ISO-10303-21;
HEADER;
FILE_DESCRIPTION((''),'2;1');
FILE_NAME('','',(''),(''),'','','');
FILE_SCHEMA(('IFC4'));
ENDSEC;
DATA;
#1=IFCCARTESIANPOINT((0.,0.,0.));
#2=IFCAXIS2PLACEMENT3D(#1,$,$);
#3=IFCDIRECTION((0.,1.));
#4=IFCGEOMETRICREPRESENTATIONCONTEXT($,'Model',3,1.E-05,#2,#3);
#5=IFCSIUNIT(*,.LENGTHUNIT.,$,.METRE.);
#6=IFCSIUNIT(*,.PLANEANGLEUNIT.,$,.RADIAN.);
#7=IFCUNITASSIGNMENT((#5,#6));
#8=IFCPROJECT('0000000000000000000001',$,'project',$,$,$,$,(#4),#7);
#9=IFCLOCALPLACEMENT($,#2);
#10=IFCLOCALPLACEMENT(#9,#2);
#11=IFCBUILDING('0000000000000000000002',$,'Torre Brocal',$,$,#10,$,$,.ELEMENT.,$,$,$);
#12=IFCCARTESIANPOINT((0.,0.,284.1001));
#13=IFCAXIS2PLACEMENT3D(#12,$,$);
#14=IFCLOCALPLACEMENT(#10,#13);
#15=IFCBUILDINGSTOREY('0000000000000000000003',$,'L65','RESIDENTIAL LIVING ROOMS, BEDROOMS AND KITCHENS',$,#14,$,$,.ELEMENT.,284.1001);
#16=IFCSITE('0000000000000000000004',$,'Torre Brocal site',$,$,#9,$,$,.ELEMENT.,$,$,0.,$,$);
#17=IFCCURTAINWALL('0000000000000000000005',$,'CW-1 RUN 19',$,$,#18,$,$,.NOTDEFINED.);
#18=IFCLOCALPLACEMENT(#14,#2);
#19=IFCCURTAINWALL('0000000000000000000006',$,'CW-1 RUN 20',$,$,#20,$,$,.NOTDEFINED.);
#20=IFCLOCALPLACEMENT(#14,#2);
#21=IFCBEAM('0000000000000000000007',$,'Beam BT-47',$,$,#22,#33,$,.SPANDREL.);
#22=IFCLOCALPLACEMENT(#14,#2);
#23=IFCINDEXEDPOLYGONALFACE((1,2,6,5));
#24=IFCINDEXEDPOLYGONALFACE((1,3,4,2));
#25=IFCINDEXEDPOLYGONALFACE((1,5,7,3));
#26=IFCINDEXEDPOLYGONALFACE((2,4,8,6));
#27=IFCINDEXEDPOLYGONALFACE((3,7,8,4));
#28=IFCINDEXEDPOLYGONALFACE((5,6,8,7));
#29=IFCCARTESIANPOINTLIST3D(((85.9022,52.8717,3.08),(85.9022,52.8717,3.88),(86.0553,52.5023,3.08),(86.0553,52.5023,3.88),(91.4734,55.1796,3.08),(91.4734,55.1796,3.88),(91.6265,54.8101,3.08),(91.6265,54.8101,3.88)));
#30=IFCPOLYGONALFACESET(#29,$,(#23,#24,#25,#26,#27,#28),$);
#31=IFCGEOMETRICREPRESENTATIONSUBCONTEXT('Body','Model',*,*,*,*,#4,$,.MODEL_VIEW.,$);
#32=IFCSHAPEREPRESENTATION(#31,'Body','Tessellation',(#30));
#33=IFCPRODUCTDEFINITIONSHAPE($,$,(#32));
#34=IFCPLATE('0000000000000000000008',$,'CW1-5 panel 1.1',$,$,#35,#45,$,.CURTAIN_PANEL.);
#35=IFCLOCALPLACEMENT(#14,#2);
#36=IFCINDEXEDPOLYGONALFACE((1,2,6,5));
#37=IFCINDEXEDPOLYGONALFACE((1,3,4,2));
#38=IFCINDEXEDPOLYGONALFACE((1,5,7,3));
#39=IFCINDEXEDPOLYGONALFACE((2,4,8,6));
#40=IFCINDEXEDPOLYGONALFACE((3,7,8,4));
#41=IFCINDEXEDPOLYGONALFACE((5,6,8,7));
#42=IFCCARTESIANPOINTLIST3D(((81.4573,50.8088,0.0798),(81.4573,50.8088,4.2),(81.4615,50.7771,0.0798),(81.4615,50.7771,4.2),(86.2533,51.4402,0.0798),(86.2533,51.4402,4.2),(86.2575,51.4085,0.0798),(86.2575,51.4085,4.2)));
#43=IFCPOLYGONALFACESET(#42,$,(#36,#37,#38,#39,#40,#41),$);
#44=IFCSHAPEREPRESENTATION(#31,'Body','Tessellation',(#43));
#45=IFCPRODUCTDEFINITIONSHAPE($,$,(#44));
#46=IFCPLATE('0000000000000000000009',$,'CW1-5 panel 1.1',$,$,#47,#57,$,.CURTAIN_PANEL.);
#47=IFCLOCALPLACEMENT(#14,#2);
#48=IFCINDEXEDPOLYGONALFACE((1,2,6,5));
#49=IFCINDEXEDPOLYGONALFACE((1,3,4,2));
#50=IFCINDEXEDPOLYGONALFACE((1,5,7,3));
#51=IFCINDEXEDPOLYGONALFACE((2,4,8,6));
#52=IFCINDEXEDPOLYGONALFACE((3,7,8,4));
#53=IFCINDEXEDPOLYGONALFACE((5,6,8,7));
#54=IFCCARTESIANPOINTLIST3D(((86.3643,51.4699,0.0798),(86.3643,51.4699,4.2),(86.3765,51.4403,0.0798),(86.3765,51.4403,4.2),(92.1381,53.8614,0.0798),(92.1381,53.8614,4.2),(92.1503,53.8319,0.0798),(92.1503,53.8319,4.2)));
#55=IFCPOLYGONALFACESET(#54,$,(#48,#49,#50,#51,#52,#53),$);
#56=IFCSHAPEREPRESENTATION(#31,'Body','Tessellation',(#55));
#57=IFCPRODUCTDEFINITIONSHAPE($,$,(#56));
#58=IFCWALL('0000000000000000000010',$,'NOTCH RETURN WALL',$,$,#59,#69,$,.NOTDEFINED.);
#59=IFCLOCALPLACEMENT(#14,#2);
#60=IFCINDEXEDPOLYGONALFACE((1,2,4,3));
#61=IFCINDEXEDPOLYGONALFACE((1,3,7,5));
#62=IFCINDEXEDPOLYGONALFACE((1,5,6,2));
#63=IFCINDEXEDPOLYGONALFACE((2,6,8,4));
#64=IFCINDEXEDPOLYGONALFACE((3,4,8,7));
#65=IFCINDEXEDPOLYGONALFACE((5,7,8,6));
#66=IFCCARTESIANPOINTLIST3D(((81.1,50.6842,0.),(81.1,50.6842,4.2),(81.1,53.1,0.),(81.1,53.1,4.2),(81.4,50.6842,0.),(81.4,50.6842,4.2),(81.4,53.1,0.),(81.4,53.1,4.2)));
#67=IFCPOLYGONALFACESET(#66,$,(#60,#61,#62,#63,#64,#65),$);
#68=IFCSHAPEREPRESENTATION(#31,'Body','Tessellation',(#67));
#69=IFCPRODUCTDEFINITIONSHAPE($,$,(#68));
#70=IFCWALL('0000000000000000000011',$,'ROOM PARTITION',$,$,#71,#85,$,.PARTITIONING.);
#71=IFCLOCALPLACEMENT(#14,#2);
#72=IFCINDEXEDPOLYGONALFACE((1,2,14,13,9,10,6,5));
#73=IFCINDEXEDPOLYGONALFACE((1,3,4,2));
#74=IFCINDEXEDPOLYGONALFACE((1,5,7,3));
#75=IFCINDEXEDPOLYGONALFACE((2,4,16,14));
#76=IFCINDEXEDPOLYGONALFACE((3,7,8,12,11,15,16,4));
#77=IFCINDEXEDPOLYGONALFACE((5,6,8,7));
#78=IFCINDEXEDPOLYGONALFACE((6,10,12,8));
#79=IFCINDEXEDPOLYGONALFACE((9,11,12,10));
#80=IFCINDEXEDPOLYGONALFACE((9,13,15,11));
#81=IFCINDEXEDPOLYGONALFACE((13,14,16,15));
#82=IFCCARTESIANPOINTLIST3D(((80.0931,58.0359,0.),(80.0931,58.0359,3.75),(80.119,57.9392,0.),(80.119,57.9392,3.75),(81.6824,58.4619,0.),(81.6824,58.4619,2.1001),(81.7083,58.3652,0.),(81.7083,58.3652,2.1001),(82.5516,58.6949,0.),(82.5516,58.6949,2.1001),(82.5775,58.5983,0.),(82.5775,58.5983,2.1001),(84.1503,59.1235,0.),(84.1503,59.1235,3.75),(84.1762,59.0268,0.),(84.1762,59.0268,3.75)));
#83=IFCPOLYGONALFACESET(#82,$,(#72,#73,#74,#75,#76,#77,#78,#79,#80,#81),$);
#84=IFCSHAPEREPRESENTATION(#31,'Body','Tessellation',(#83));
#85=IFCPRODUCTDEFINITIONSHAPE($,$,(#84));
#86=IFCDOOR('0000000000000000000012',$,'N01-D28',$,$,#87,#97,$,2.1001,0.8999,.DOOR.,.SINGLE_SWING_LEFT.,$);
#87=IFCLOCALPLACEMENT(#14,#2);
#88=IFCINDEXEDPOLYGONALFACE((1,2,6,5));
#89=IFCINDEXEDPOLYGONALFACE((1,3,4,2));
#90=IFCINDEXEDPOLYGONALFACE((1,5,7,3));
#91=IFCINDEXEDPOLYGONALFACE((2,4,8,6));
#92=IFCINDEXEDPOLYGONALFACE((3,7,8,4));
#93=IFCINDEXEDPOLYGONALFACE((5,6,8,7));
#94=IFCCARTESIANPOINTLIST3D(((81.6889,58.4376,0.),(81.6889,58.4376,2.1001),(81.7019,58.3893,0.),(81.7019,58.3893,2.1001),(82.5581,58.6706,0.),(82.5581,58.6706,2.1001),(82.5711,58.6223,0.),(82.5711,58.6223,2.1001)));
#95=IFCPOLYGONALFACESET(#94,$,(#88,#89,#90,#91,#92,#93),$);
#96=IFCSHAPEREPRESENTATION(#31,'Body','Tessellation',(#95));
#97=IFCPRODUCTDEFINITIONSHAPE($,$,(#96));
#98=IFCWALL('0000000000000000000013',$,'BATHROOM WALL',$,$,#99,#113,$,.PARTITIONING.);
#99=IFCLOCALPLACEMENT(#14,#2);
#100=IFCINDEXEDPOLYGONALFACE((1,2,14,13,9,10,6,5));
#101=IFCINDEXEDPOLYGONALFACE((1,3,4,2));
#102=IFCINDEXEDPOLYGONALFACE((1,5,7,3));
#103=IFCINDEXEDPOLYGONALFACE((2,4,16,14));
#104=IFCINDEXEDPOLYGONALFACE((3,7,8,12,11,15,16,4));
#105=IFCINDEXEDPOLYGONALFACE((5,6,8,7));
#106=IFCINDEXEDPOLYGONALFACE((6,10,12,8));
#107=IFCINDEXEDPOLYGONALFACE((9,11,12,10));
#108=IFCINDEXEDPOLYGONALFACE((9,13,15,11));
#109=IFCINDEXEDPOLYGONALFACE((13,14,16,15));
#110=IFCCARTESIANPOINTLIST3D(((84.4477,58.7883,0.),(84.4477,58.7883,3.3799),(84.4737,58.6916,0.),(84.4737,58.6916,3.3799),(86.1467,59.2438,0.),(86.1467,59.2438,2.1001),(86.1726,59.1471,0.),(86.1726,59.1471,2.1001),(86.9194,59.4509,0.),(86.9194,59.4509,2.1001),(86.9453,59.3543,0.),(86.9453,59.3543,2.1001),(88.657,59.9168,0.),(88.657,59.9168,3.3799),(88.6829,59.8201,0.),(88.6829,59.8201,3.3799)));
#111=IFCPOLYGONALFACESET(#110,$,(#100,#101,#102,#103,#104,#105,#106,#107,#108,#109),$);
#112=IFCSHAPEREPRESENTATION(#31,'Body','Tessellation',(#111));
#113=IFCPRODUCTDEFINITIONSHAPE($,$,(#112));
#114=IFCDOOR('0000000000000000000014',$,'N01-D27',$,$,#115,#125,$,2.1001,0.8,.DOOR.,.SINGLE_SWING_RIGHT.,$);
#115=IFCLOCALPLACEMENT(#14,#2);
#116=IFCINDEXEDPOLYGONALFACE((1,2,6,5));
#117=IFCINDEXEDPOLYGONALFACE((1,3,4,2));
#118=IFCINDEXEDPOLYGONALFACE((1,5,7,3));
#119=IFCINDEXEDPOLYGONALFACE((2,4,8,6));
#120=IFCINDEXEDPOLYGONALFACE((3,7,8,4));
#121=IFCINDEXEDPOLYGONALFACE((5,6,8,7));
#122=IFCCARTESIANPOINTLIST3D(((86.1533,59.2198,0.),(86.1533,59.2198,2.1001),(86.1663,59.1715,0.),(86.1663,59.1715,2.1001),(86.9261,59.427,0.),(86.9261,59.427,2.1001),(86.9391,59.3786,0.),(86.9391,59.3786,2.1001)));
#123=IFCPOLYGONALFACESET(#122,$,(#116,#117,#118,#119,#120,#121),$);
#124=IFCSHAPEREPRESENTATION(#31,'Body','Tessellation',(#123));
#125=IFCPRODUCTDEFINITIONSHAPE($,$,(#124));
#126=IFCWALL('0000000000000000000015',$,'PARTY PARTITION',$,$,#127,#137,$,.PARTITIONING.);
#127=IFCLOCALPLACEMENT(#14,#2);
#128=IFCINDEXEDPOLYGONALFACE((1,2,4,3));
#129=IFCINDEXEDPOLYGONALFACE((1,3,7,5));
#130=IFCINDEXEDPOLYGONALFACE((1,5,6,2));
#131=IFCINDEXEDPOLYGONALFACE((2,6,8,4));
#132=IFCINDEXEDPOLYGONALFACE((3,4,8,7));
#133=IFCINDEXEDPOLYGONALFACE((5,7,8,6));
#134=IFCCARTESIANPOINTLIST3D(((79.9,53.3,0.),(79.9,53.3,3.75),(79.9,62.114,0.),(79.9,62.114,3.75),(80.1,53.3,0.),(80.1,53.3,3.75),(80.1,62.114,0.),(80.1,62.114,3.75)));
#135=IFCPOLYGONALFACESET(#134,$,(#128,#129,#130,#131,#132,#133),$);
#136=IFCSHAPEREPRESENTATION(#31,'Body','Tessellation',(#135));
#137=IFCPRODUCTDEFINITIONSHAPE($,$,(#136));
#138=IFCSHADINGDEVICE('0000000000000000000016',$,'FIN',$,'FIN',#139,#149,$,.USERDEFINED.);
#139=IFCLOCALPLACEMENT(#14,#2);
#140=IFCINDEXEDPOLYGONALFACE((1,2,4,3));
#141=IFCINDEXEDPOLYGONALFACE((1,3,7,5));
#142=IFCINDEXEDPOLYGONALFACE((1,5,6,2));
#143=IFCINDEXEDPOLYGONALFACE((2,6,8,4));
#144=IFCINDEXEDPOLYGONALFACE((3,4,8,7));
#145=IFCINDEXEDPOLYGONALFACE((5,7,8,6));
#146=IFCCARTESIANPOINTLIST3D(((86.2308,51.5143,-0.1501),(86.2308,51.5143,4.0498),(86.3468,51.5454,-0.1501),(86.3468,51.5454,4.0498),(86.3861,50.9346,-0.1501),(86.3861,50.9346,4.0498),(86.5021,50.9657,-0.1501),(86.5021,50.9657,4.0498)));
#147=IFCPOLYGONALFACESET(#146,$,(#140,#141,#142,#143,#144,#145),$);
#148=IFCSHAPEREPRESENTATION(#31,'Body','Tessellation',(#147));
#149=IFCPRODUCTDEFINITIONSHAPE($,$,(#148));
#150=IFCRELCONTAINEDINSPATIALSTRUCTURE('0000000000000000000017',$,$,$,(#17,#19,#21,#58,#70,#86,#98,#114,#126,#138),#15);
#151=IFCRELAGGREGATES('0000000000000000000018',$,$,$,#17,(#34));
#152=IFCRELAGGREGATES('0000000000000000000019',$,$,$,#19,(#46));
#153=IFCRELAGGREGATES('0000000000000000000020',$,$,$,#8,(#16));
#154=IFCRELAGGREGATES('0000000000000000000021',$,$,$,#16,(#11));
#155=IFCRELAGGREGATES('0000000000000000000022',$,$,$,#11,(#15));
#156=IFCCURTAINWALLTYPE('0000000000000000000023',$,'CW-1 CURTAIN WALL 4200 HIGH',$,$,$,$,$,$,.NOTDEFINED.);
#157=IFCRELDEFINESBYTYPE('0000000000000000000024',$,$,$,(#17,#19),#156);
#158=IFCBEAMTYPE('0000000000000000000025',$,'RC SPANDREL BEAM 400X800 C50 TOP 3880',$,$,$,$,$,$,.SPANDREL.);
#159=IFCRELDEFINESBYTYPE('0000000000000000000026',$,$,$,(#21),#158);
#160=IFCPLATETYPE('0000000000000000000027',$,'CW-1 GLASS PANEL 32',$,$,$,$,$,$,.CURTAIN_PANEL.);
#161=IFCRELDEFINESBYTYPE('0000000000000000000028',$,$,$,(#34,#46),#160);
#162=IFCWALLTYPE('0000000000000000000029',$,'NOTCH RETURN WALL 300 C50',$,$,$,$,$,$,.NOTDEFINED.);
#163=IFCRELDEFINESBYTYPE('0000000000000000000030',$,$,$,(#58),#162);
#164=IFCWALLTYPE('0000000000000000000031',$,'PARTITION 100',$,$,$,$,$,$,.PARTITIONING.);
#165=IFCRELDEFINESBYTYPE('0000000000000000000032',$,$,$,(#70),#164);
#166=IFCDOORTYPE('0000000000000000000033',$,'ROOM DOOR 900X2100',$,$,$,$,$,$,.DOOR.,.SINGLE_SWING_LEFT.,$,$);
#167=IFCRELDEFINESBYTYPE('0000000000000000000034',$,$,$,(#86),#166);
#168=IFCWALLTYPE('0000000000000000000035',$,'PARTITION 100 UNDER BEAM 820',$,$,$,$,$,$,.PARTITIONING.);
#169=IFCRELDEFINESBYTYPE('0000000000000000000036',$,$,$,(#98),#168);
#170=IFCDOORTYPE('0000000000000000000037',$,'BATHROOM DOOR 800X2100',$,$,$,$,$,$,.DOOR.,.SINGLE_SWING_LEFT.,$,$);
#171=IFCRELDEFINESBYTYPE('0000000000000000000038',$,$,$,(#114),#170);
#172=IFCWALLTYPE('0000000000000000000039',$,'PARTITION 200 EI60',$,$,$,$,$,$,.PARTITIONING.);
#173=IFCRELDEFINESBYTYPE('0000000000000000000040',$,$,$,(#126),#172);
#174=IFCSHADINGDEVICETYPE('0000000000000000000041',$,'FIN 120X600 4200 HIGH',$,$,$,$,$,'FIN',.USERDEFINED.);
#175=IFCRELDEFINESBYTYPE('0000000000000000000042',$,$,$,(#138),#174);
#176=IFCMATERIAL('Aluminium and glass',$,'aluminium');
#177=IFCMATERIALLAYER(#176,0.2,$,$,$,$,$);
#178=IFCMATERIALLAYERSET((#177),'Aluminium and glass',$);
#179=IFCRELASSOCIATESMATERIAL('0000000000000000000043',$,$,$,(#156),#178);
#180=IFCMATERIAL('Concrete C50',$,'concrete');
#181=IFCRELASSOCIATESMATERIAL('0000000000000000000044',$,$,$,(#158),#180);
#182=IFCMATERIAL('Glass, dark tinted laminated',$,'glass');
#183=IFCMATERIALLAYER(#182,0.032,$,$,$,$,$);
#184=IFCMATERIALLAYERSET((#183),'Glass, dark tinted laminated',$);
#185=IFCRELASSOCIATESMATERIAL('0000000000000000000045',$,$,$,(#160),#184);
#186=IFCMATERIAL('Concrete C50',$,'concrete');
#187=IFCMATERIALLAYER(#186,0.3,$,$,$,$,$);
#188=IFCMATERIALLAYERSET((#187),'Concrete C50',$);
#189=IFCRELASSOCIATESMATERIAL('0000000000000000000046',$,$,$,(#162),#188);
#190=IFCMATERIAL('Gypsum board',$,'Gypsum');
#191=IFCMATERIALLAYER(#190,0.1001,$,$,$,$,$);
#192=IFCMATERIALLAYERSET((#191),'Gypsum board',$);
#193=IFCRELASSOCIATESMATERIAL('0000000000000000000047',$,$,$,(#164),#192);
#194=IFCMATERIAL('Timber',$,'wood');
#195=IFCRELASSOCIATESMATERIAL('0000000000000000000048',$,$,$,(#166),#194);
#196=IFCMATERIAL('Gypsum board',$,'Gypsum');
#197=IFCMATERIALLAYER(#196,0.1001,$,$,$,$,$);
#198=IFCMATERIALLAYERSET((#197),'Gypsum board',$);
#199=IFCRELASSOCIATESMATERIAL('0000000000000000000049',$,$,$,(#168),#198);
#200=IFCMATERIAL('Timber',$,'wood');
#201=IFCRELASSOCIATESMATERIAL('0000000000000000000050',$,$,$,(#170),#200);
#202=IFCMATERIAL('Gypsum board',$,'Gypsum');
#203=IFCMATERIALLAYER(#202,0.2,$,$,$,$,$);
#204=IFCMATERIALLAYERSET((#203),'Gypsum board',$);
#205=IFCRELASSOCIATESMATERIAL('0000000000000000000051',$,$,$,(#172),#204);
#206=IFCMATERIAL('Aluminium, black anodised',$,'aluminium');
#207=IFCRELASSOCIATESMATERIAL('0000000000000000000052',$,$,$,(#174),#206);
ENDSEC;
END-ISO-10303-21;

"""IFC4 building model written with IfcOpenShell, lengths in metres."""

from ifc_helpers import new_model, si_unit, direction, frame, frame_2d, origin, origin_2d, place, context, subcontext, project, spatial, rectangle, extrude, material, layer, layer_set, material_profile, profile_set, type_object, element, fill, aggregate, save


model = new_model("IFC4")

# Units and contexts
model_context = context("Model", 3, precision=1e-05, world=origin(), true_north=direction((0.0, 1.0)))
body_context = subcontext(model_context, "Body", "Model", "MODEL_VIEW")
ifc_project = project(units=[si_unit("LENGTHUNIT", "METRE"), si_unit("PLANEANGLEUNIT", "RADIAN")], contexts=[model_context])

# Site, building, storey
site_placement = place(None, origin())
site = spatial("IfcSite", under=ifc_project, at=site_placement, Name="Torre Brocal site", CompositionType="ELEMENT", RefElevation=0.0)
building_placement = place(site_placement, origin())
building = spatial("IfcBuilding", under=site, at=building_placement, Name="Torre Brocal", CompositionType="ELEMENT")
storey_placement = place(building_placement, frame((0.0, 0.0, 284.1001)))
storey = spatial("IfcBuildingStorey", under=building, at=storey_placement, Name="L65", Description="RESIDENTIAL LIVING ROOMS, BEDROOMS AND KITCHENS", CompositionType="ELEMENT", Elevation=284.1001)

# Curtain wall
ifc_material_1 = material(Name="Aluminium and glass", Category="aluminium")
ifc_layer_1 = layer(ifc_material_1, 0.2)
ifc_layer_set_1 = layer_set([ifc_layer_1], Name="Aluminium and glass")
curtain_wall_type = type_object("IfcCurtainWallType", Name="CW-1 CURTAIN WALL 4200 HIGH", PredefinedType="NOTDEFINED", material=ifc_layer_set_1)
curtain_wall_1_placement = place(storey_placement, origin())
curtain_wall_1 = element("IfcCurtainWall", 1, at=curtain_wall_1_placement, inside=storey, type_object=curtain_wall_type, Name="CW-1 RUN 19", PredefinedType="NOTDEFINED")

# Curtain wall
curtain_wall_2_placement = place(storey_placement, origin())
curtain_wall_2 = element("IfcCurtainWall", 2, at=curtain_wall_2_placement, inside=storey, type_object=curtain_wall_type, Name="CW-1 RUN 20", PredefinedType="NOTDEFINED")

# Beam
ifc_material_2 = material(Name="Concrete C50", Category="concrete")
ifc_material_profile_1 = material_profile(ifc_material_2, rectangle(XDim=0.3999, YDim=0.8, at=origin_2d()), Name="RC 400X800")
ifc_profile_set_1 = profile_set([ifc_material_profile_1], Name="Concrete C50")
beam_type_1 = type_object("IfcBeamType", Name="RC SPANDREL BEAM 400X800 C50 TOP 3880", PredefinedType="SPANDREL", material=ifc_profile_set_1)
beam_1_placement = place(storey_placement, frame((85.9788, 52.687, 3.48), z_axis=(0.92387, 0.382706, 0.0), x_axis=(-0.382706, 0.92387, 0.0)))
element("IfcBeam", 3, at=beam_1_placement, inside=storey, type_object=beam_type_1, Name="Beam BT-47", PredefinedType="SPANDREL", context=body_context, shape_type="SweptSolid", body=[
    extrude(rectangle(XDim=0.3999, YDim=0.8, at=origin_2d()), origin(), (0.0, 0.0, 1.0), 6.0303),
])

# Plates
ifc_material_3 = material(Name="Glass, dark tinted laminated", Category="glass")
ifc_layer_2 = layer(ifc_material_3, 0.032)
ifc_layer_set_2 = layer_set([ifc_layer_2], Name="Glass, dark tinted laminated")
plate_type = type_object("IfcPlateType", Name="CW-1 GLASS PANEL 32", PredefinedType="CURTAIN_PANEL", material=ifc_layer_set_2)
plate_1_placement = place(storey_placement, frame((83.8574, 51.1086, 0.0798), z_axis=(0.0, 0.0, 1.0), x_axis=(0.991445, 0.130526, 0.0)))
plate_1 = element("IfcPlate", 4, at=plate_1_placement, type_object=plate_type, Name="CW1-5 panel 1.1", PredefinedType="CURTAIN_PANEL", context=body_context, shape_type="SweptSolid", body=[
    extrude(rectangle(XDim=4.8374, YDim=0.032, at=origin_2d()), origin(), (0.0, 0.0, 1.0), 4.1201),
])
aggregate(curtain_wall_1, [plate_1])
plate_2_placement = place(storey_placement, frame((89.2573, 52.6509, 0.0798), z_axis=(0.0, 0.0, 1.0), x_axis=(0.92388, 0.382683, 0.0)))
plate_2 = element("IfcPlate", 5, at=plate_2_placement, type_object=plate_type, Name="CW1-5 panel 1.1", PredefinedType="CURTAIN_PANEL", context=body_context, shape_type="SweptSolid", body=[
    extrude(rectangle(XDim=6.2495, YDim=0.032, at=origin_2d()), origin(), (0.0, 0.0, 1.0), 4.1201),
])
aggregate(curtain_wall_2, [plate_2])

# Wall
ifc_material_4 = material(Name="Concrete C50", Category="concrete")
ifc_layer_3 = layer(ifc_material_4, 0.3)
ifc_layer_set_3 = layer_set([ifc_layer_3], Name="Concrete C50")
wall_type_1 = type_object("IfcWallType", Name="NOTCH RETURN WALL 300 C50", PredefinedType="NOTDEFINED", material=ifc_layer_set_3)
wall_1_placement = place(storey_placement, frame((81.25, 53.1001, 0.0), z_axis=(0.0, 0.0, 1.0), x_axis=(0.0, -1.0, 0.0)))
element("IfcWall", 6, at=wall_1_placement, inside=storey, type_object=wall_type_1, Name="NOTCH RETURN WALL", PredefinedType="NOTDEFINED", context=body_context, shape_type="SweptSolid", body=[
    extrude(rectangle(XDim=2.4158, YDim=0.3, at=frame_2d((1.208, 0.0))), origin(), (0.0, 0.0, 1.0), 4.2),
])

# Walls, openings, doors
ifc_material_5 = material(Name="Gypsum board", Category="Gypsum")
ifc_layer_4 = layer(ifc_material_5, 0.1001)
ifc_layer_set_4 = layer_set([ifc_layer_4], Name="Gypsum board")
wall_type_2 = type_object("IfcWallType", Name="PARTITION 100", PredefinedType="PARTITIONING", material=ifc_layer_set_4)
wall_2_placement = place(storey_placement, frame((80.1062, 57.9875, 0.0), z_axis=(0.0, 0.0, 1.0), x_axis=(0.965894, 0.258939, 0.0)))
wall_2 = element("IfcWall", 7, at=wall_2_placement, inside=storey, type_object=wall_type_2, Name="ROOM PARTITION", PredefinedType="PARTITIONING", context=body_context, shape_type="SweptSolid", body=[
    extrude(rectangle(XDim=4.2004, YDim=0.1001, at=frame_2d((2.1001, 0.0))), origin(), (0.0, 0.0, 1.0), 3.75),
])
opening_1_placement = place(wall_2_placement, frame((1.6453, 0.0, 0.0)))
opening_1 = element("IfcOpeningElement", 8, at=opening_1_placement, cuts=wall_2, PredefinedType="OPENING", context=body_context, shape_type="SweptSolid", body=[
    extrude(rectangle(XDim=0.8999, YDim=2.1001, at=frame_2d((0.45, 1.05))), frame((0.0, 0.0601, 0.0), z_axis=(0.0, -1.0, 0.0), x_axis=(1.0, 0.0, 0.0)), (0.0, 0.0, 1.0), 0.1201),
])
ifc_material_6 = material(Name="Timber", Category="wood")
door_type_1 = type_object("IfcDoorType", Name="ROOM DOOR 900X2100", OperationType="SINGLE_SWING_LEFT", PredefinedType="DOOR", material=ifc_material_6)
door_1_placement = place(opening_1_placement, origin())
door_1 = element("IfcDoor", 9, at=door_1_placement, inside=storey, type_object=door_type_1, Name="N01-D28", OperationType="SINGLE_SWING_LEFT", OverallHeight=2.1001, OverallWidth=0.8999, PredefinedType="DOOR", context=body_context, shape_type="SweptSolid", body=[
    extrude(rectangle(XDim=0.8999, YDim=2.1001, at=frame_2d((0.45, 1.05))), frame((0.0, 0.0249, 0.0), z_axis=(0.0, -1.0, 0.0), x_axis=(1.0, 0.0, 0.0)), (0.0, 0.0, 1.0), 0.05),
])
fill(opening_1, door_1)
ifc_material_7 = material(Name="Gypsum board", Category="Gypsum")
ifc_layer_5 = layer(ifc_material_7, 0.1001)
ifc_layer_set_5 = layer_set([ifc_layer_5], Name="Gypsum board")
wall_type_3 = type_object("IfcWallType", Name="PARTITION 100 UNDER BEAM 820", PredefinedType="PARTITIONING", material=ifc_layer_set_5)
wall_3_placement = place(storey_placement, frame((84.4607, 58.74, 0.0), z_axis=(0.0, 0.0, 1.0), x_axis=(0.965894, 0.258939, 0.0)))
wall_3 = element("IfcWall", 10, at=wall_3_placement, inside=storey, type_object=wall_type_3, Name="BATHROOM WALL", PredefinedType="PARTITIONING", context=body_context, shape_type="SweptSolid", body=[
    extrude(rectangle(XDim=4.3579, YDim=0.1001, at=frame_2d((2.179, 0.0))), origin(), (0.0, 0.0, 1.0), 3.3799),
])
opening_2_placement = place(wall_3_placement, frame((1.759, 0.0, 0.0)))
opening_2 = element("IfcOpeningElement", 11, at=opening_2_placement, cuts=wall_3, PredefinedType="OPENING", context=body_context, shape_type="SweptSolid", body=[
    extrude(rectangle(XDim=0.8, YDim=2.1001, at=frame_2d((0.3999, 1.05))), frame((0.0, 0.0601, 0.0), z_axis=(0.0, -1.0, 0.0), x_axis=(1.0, 0.0, 0.0)), (0.0, 0.0, 1.0), 0.1201),
])
ifc_material_8 = material(Name="Timber", Category="wood")
door_type_2 = type_object("IfcDoorType", Name="BATHROOM DOOR 800X2100", OperationType="SINGLE_SWING_LEFT", PredefinedType="DOOR", material=ifc_material_8)
door_2_placement = place(opening_2_placement, frame((0.8, 0.0, 0.0), z_axis=(0.0, 0.0, 1.0), x_axis=(-1.0, 0.0, 0.0)))
door_2 = element("IfcDoor", 12, at=door_2_placement, inside=storey, type_object=door_type_2, Name="N01-D27", OperationType="SINGLE_SWING_RIGHT", OverallHeight=2.1001, OverallWidth=0.8, PredefinedType="DOOR", context=body_context, shape_type="SweptSolid", body=[
    extrude(rectangle(XDim=0.8, YDim=2.1001, at=frame_2d((0.3999, 1.05))), frame((0.0, 0.0249, 0.0), z_axis=(0.0, -1.0, 0.0), x_axis=(1.0, 0.0, 0.0)), (0.0, 0.0, 1.0), 0.05),
])
fill(opening_2, door_2)

# Wall
ifc_material_9 = material(Name="Gypsum board", Category="Gypsum")
ifc_layer_6 = layer(ifc_material_9, 0.2)
ifc_layer_set_6 = layer_set([ifc_layer_6], Name="Gypsum board")
wall_type_4 = type_object("IfcWallType", Name="PARTITION 200 EI60", PredefinedType="PARTITIONING", material=ifc_layer_set_6)
wall_4_placement = place(storey_placement, frame((80.0, 53.3, 0.0), z_axis=(0.0, 0.0, 1.0), x_axis=(0.0, 1.0, 0.0)))
element("IfcWall", 13, at=wall_4_placement, inside=storey, type_object=wall_type_4, Name="PARTY PARTITION", PredefinedType="PARTITIONING", context=body_context, shape_type="SweptSolid", body=[
    extrude(rectangle(XDim=8.814, YDim=0.2, at=frame_2d((4.407, 0.0))), origin(), (0.0, 0.0, 1.0), 3.75),
])

# Shading device
ifc_material_10 = material(Name="Aluminium, black anodised", Category="aluminium")
ifc_material_profile_2 = material_profile(ifc_material_10, rectangle(XDim=0.1201, YDim=0.6001, at=origin_2d()), Name="FIN 120X600 4200 HIGH")
ifc_profile_set_2 = profile_set([ifc_material_profile_2], Name="Aluminium, black anodised")
shading_device_type = type_object("IfcShadingDeviceType", Name="FIN 120X600 4200 HIGH", ElementType="FIN", PredefinedType="USERDEFINED", material=ifc_profile_set_2)
shading_device_placement = place(storey_placement, frame((86.3665, 51.24, -0.1501), z_axis=(0.0, 0.0, 1.0), x_axis=(0.965926, 0.258819, 0.0)))
element("IfcShadingDevice", 14, at=shading_device_placement, inside=storey, type_object=shading_device_type, Name="FIN", ObjectType="FIN", PredefinedType="USERDEFINED", context=body_context, shape_type="SweptSolid", body=[
    extrude(rectangle(XDim=0.1201, YDim=0.6001, at=origin_2d()), origin(), (0.0, 0.0, 1.0), 4.2),
])

save(model, "model.ifc")
